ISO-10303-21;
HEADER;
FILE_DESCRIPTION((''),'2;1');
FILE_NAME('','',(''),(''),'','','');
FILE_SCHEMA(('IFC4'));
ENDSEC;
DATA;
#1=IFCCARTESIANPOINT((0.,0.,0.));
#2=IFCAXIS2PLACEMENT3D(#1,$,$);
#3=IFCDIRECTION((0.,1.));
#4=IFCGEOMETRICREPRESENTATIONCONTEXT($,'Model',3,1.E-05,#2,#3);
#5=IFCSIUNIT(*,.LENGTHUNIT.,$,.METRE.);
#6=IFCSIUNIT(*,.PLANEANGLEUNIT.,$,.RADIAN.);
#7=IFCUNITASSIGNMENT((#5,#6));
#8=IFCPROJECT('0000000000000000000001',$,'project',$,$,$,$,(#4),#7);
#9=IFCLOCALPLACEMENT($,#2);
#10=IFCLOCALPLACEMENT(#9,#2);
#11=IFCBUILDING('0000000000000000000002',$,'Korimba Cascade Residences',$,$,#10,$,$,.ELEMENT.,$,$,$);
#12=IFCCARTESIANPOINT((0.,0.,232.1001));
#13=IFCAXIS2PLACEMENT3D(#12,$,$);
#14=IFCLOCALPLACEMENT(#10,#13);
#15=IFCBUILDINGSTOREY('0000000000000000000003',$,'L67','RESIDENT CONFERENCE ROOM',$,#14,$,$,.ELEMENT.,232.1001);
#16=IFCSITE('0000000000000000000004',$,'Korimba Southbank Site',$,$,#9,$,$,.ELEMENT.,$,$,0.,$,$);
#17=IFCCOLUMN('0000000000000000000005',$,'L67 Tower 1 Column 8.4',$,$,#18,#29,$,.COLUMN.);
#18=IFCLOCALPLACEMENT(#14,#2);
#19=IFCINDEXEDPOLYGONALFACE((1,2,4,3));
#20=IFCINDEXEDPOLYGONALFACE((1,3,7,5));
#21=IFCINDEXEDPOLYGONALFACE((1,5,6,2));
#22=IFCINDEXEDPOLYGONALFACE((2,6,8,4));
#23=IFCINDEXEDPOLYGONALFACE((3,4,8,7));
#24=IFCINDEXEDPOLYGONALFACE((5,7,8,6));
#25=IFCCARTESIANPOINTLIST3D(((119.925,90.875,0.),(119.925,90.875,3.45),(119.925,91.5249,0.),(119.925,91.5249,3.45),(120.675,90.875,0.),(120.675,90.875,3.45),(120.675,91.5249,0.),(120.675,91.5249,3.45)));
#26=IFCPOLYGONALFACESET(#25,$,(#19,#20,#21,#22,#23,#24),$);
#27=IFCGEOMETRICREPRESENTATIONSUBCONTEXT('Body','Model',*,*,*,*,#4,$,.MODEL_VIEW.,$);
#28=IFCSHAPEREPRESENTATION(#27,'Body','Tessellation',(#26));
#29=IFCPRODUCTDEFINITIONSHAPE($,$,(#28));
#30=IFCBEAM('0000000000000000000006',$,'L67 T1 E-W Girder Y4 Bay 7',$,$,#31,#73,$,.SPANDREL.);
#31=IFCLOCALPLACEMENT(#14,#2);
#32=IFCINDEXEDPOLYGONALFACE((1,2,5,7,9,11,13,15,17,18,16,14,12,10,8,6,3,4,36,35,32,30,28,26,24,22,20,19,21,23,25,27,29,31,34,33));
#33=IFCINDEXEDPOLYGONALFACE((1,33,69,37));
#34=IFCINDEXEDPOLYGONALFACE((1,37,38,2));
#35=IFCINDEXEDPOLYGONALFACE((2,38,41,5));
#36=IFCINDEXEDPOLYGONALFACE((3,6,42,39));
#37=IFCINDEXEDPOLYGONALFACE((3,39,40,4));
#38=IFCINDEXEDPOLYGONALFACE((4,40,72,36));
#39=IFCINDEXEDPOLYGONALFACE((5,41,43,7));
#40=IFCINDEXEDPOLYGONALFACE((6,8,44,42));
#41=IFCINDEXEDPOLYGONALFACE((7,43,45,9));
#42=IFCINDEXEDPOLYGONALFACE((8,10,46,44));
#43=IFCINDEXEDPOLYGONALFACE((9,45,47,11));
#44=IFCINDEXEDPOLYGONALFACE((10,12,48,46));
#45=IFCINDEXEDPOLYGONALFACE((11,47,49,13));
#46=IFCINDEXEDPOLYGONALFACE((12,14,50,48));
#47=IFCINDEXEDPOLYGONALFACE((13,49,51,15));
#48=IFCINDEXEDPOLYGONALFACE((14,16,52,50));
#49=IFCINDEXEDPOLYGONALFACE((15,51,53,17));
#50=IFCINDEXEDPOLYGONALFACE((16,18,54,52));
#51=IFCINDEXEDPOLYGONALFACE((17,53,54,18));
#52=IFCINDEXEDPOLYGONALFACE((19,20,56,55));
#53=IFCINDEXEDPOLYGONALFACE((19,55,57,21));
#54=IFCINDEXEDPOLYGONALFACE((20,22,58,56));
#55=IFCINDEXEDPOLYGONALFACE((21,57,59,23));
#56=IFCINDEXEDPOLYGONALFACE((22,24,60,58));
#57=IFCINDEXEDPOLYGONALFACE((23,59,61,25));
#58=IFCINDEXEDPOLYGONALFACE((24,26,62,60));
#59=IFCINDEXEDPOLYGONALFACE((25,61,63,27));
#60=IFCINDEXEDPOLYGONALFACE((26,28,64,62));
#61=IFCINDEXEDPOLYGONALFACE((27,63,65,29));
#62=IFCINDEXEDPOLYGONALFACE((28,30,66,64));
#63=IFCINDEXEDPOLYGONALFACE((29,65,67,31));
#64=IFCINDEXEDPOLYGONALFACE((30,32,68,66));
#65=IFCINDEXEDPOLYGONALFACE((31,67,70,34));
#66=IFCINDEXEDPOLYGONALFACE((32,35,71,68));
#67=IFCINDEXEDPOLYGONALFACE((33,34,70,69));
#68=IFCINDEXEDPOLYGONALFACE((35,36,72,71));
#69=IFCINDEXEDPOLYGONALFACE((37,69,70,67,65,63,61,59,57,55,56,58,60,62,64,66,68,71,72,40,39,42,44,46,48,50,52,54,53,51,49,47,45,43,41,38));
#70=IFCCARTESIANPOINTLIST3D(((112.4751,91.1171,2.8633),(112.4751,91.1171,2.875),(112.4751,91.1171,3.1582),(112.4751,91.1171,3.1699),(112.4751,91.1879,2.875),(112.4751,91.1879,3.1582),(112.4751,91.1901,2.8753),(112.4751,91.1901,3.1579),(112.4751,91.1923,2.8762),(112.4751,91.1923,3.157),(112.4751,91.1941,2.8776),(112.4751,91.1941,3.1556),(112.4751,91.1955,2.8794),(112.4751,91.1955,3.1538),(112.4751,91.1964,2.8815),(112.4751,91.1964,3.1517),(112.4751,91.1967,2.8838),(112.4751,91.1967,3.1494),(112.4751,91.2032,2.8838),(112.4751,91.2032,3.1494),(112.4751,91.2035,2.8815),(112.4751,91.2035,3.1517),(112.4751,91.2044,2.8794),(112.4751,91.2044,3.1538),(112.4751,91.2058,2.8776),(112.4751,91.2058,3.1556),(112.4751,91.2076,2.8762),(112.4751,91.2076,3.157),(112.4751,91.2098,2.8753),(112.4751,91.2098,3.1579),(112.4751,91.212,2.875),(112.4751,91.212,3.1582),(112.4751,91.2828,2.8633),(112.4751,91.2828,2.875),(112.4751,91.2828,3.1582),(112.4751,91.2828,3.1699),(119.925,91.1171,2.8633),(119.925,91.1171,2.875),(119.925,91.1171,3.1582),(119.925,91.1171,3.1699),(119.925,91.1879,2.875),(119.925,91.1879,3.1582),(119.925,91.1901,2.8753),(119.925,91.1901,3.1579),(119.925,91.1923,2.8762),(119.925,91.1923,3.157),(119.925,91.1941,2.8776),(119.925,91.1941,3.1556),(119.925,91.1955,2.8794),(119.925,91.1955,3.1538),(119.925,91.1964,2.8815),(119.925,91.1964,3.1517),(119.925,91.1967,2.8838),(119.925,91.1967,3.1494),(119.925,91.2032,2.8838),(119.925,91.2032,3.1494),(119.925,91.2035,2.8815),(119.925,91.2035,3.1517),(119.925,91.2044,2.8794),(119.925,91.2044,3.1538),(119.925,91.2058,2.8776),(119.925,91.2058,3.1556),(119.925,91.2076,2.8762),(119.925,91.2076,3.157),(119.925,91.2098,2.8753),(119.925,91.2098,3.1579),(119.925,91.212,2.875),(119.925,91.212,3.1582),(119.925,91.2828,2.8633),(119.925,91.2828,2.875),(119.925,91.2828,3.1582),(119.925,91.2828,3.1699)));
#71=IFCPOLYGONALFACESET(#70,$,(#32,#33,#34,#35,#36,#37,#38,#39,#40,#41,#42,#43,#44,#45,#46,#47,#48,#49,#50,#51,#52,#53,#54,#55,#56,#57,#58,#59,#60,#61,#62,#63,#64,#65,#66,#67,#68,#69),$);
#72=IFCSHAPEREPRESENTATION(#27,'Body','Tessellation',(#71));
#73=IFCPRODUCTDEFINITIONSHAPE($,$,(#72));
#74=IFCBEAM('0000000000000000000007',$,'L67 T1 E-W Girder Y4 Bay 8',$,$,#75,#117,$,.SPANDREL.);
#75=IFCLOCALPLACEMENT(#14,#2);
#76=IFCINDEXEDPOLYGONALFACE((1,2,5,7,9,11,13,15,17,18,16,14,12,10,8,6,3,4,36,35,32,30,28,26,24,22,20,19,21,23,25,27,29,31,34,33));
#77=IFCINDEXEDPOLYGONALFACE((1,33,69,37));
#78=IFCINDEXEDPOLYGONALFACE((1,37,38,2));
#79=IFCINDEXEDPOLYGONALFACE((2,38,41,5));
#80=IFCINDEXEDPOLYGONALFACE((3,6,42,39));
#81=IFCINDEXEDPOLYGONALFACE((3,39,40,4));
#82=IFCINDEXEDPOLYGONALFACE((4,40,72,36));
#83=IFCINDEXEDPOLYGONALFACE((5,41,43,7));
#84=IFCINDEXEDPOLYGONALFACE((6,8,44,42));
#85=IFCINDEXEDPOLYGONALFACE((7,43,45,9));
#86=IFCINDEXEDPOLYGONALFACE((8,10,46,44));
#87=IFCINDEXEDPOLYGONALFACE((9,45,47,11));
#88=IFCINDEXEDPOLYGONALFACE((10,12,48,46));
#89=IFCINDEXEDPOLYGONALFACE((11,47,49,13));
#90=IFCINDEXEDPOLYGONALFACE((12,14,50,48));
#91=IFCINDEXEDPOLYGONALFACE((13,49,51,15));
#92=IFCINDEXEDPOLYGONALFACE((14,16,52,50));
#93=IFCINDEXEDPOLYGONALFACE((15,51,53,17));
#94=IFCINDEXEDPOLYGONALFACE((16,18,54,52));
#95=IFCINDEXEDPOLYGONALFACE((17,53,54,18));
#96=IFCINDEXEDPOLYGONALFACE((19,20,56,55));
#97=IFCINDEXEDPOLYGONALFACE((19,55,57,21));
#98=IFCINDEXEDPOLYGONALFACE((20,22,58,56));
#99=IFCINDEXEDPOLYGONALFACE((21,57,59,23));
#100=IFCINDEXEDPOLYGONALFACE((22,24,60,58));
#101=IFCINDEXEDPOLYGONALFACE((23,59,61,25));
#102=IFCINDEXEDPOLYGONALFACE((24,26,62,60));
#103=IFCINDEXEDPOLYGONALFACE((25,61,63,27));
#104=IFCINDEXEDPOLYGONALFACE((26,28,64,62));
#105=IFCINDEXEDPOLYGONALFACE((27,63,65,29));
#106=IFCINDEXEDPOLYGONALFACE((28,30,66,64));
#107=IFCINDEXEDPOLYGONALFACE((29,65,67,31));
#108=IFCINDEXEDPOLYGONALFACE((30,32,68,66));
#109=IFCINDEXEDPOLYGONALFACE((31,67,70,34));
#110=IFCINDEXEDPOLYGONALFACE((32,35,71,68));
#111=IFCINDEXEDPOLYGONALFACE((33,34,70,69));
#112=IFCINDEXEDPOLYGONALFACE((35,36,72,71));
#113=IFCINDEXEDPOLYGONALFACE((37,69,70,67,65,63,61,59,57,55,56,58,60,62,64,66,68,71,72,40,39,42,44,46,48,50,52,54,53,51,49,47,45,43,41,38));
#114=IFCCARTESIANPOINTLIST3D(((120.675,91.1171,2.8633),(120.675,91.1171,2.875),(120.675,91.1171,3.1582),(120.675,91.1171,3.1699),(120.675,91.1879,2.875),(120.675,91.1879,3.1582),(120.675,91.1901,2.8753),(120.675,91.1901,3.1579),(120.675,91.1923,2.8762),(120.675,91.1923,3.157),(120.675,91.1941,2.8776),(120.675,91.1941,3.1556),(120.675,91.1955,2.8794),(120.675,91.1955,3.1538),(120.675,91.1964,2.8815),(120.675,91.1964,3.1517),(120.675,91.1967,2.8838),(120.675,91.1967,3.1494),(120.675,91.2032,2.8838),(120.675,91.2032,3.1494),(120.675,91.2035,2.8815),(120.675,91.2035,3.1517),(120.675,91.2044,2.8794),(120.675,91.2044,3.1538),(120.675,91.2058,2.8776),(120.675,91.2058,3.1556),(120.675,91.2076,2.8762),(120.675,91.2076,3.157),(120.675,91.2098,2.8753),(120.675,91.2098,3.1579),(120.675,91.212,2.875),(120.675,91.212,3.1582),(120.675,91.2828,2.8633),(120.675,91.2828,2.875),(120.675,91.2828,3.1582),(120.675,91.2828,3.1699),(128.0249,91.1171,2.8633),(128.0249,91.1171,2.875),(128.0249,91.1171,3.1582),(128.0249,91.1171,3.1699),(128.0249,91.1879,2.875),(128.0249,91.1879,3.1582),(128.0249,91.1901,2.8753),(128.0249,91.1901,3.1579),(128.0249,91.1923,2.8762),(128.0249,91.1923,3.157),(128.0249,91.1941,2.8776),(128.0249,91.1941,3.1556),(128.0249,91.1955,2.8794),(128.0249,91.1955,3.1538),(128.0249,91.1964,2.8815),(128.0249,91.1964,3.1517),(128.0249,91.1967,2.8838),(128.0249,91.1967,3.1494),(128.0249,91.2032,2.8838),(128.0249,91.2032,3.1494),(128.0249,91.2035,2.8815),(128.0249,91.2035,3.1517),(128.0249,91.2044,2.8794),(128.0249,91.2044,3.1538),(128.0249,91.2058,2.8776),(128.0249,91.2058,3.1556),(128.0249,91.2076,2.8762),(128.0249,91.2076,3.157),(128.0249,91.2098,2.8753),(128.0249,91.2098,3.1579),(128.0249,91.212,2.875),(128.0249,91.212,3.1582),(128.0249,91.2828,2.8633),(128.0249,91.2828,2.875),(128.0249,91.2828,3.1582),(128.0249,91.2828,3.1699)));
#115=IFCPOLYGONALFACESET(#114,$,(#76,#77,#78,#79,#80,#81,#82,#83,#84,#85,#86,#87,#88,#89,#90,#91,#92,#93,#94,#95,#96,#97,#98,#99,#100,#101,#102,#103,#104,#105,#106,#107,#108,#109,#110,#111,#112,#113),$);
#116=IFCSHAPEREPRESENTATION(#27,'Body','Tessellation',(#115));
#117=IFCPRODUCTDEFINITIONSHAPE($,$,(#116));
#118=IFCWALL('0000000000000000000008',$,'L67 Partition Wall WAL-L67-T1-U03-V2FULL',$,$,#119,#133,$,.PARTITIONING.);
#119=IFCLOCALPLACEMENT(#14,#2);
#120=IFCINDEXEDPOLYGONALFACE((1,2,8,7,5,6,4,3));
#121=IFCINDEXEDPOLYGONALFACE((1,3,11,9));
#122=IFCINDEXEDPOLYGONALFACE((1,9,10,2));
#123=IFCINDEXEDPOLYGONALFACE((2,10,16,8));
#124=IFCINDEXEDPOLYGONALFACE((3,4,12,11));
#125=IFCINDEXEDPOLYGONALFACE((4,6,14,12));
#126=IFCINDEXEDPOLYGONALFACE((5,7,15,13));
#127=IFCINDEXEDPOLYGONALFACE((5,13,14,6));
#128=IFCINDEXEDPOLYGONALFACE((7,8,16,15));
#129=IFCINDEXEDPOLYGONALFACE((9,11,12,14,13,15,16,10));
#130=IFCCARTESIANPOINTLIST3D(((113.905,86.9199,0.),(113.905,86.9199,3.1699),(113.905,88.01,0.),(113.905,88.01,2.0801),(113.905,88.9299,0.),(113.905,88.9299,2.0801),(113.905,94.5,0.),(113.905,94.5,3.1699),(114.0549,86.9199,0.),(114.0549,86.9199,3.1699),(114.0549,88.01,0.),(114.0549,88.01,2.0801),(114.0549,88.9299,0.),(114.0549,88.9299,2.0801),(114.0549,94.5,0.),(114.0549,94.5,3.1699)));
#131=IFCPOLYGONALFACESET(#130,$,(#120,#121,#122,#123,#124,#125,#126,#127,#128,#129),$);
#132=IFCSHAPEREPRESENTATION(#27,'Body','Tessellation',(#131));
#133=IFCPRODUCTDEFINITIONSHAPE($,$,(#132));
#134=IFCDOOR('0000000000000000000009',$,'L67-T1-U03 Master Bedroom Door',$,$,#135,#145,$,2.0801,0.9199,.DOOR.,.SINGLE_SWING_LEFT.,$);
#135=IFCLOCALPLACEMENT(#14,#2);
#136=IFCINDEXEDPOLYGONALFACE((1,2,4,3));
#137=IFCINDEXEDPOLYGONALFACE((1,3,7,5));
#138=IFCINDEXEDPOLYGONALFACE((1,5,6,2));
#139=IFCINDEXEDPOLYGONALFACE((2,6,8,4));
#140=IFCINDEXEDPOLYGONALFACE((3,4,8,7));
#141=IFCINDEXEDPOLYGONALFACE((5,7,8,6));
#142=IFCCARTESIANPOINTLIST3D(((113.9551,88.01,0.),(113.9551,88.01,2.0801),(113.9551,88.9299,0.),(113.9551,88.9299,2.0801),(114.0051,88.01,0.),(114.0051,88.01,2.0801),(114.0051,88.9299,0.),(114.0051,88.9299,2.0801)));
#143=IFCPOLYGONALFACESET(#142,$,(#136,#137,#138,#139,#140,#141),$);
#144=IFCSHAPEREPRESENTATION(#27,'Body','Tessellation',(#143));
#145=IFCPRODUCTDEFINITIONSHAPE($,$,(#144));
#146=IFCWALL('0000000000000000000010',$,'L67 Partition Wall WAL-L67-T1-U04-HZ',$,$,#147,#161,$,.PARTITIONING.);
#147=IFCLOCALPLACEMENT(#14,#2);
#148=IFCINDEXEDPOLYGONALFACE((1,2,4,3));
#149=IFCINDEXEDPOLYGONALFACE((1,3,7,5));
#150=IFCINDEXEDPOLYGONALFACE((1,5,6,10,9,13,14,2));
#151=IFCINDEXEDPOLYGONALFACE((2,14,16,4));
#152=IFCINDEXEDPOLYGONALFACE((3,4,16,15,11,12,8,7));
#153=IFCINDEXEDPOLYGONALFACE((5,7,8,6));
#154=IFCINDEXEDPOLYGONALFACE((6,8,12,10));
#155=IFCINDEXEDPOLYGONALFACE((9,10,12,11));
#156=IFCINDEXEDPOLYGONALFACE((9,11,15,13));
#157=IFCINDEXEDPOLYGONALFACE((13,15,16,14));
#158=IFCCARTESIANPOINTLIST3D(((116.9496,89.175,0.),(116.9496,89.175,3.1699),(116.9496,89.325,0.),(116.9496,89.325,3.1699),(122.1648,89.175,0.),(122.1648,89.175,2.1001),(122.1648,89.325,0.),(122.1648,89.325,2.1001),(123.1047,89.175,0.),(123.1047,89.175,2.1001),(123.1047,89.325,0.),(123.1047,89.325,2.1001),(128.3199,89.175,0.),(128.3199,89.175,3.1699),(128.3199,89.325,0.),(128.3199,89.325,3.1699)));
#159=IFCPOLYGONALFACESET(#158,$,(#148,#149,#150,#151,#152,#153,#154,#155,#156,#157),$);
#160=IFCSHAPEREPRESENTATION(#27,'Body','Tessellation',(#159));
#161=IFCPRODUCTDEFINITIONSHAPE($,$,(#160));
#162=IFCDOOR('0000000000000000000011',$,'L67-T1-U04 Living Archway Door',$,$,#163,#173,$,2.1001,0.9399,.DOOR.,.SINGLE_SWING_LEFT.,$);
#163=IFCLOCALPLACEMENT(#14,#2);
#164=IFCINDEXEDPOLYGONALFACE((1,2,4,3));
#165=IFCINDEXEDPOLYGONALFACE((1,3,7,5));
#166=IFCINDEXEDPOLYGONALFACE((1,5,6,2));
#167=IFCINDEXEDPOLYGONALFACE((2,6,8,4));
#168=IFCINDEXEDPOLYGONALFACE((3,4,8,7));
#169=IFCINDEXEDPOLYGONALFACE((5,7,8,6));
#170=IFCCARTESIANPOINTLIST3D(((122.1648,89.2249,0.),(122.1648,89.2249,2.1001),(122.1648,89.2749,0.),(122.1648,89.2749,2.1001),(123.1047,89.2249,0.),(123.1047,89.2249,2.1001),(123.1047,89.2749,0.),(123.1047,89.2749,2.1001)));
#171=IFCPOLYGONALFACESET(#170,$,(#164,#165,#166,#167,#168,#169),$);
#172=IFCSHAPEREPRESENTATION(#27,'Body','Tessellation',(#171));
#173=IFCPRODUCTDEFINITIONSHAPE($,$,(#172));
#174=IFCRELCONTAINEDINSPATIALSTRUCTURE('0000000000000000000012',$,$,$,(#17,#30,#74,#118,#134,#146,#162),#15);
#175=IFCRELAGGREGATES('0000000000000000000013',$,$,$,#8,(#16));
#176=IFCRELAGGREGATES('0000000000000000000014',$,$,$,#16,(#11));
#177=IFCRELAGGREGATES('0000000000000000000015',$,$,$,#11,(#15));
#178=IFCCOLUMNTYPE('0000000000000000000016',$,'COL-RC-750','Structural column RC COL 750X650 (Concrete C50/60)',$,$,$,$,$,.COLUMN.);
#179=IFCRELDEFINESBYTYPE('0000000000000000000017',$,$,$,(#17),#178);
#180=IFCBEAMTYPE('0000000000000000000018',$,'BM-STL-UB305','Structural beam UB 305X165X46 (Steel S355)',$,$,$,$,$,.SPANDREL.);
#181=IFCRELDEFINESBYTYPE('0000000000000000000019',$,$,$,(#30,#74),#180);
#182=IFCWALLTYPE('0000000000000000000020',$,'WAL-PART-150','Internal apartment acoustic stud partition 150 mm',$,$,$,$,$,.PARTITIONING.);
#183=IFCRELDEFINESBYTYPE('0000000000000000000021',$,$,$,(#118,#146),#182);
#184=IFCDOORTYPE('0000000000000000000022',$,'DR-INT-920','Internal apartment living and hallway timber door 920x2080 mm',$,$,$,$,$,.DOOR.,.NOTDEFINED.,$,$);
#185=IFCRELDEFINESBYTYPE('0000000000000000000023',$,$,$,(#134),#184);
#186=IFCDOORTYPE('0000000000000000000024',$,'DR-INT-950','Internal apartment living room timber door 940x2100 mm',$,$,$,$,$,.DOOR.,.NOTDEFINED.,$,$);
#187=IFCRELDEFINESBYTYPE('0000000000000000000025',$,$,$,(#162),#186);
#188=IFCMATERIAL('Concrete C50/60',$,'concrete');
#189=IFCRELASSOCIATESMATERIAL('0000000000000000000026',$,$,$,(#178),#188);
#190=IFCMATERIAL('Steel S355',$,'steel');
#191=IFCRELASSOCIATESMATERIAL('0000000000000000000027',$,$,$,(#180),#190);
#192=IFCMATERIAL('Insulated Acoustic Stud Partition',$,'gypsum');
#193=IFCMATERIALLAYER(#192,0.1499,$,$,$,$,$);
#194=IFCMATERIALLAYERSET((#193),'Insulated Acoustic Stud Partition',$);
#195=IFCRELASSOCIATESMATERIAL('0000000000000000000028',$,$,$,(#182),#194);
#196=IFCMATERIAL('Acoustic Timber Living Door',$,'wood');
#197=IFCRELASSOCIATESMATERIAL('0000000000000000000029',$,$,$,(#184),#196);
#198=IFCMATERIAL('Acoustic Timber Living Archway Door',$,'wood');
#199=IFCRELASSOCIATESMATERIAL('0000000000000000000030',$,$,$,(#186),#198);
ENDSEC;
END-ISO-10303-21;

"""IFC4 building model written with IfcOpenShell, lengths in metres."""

from ifc_helpers import new_model, si_unit, direction, frame, frame_2d, origin, origin_2d, place, context, subcontext, project, spatial, rectangle, i_section, extrude, material, layer, layer_set, material_profile, profile_set, type_object, element, fill, save


model = new_model("IFC4")

# Units and contexts
model_context = context("Model", 3, precision=1e-05, world=origin(), true_north=direction((0.0, 1.0)))
body_context = subcontext(model_context, "Body", "Model", "MODEL_VIEW")
ifc_project = project(units=[si_unit("LENGTHUNIT", "METRE"), si_unit("PLANEANGLEUNIT", "RADIAN")], contexts=[model_context])

# Site, building, storey
site_placement = place(None, origin())
site = spatial("IfcSite", under=ifc_project, at=site_placement, Name="Korimba Southbank Site", CompositionType="ELEMENT", RefElevation=0.0)
building_placement = place(site_placement, origin())
building = spatial("IfcBuilding", under=site, at=building_placement, Name="Korimba Cascade Residences", CompositionType="ELEMENT")
storey_placement = place(building_placement, frame((0.0, 0.0, 232.1001)))
storey = spatial("IfcBuildingStorey", under=building, at=storey_placement, Name="L67", Description="RESIDENT CONFERENCE ROOM", CompositionType="ELEMENT", Elevation=232.1001)

# Column
ifc_material_1 = material(Name="Concrete C50/60", Category="concrete")
ifc_material_profile_1 = material_profile(ifc_material_1, rectangle(XDim=0.75, YDim=0.6499, at=origin_2d()), Name="Concrete C50/60")
ifc_profile_set_1 = profile_set([ifc_material_profile_1], Name="Concrete C50/60")
column_type = type_object("IfcColumnType", Name="COL-RC-750", Description="Structural column RC COL 750X650 (Concrete C50/60)", PredefinedType="COLUMN", material=ifc_profile_set_1)
column_placement = place(storey_placement, frame((120.3, 91.2, 0.0), z_axis=(0.0, 0.0, 1.0), x_axis=(1.0, 0.0, 0.0)))
element("IfcColumn", 1, at=column_placement, inside=storey, type_object=column_type, Name="L67 Tower 1 Column 8.4", PredefinedType="COLUMN", context=body_context, shape_type="SweptSolid", body=[
    extrude(rectangle(XDim=0.75, YDim=0.6499, at=origin_2d()), origin(), (0.0, 0.0, 1.0), 3.45),
])

# Beams
ifc_material_2 = material(Name="Steel S355", Category="steel")
ifc_material_profile_2 = material_profile(ifc_material_2, i_section(OverallWidth=0.1658, OverallDepth=0.3066, WebThickness=0.0066, FlangeThickness=0.0117, FilletRadius=0.0088, at=origin_2d()), Name="Steel S355")
ifc_profile_set_2 = profile_set([ifc_material_profile_2], Name="Steel S355")
beam_type = type_object("IfcBeamType", Name="BM-STL-UB305", Description="Structural beam UB 305X165X46 (Steel S355)", PredefinedType="SPANDREL", material=ifc_profile_set_2)
beam_1_placement = place(storey_placement, frame((112.4751, 91.2, 3.0166), z_axis=(1.0, 0.0, 0.0), x_axis=(0.0, 1.0, 0.0)))
element("IfcBeam", 2, at=beam_1_placement, inside=storey, type_object=beam_type, Name="L67 T1 E-W Girder Y4 Bay 7", PredefinedType="SPANDREL", context=body_context, shape_type="SweptSolid", body=[
    extrude(i_section(OverallWidth=0.1658, OverallDepth=0.3066, WebThickness=0.0066, FlangeThickness=0.0117, FilletRadius=0.0088, at=origin_2d()), origin(), (0.0, 0.0, 1.0), 7.45),
])
beam_2_placement = place(storey_placement, frame((120.675, 91.2, 3.0166), z_axis=(1.0, 0.0, 0.0), x_axis=(0.0, 1.0, 0.0)))
element("IfcBeam", 3, at=beam_2_placement, inside=storey, type_object=beam_type, Name="L67 T1 E-W Girder Y4 Bay 8", PredefinedType="SPANDREL", context=body_context, shape_type="SweptSolid", body=[
    extrude(i_section(OverallWidth=0.1658, OverallDepth=0.3066, WebThickness=0.0066, FlangeThickness=0.0117, FilletRadius=0.0088, at=origin_2d()), origin(), (0.0, 0.0, 1.0), 7.3499),
])

# Walls, openings, doors
ifc_material_3 = material(Name="Insulated Acoustic Stud Partition", Category="gypsum")
ifc_layer = layer(ifc_material_3, 0.1499)
ifc_layer_set = layer_set([ifc_layer], Name="Insulated Acoustic Stud Partition")
wall_type = type_object("IfcWallType", Name="WAL-PART-150", Description="Internal apartment acoustic stud partition 150 mm", PredefinedType="PARTITIONING", material=ifc_layer_set)
wall_1_placement = place(storey_placement, frame((113.98, 86.9199, 0.0), z_axis=(0.0, 0.0, 1.0), x_axis=(0.0, 1.0, 0.0)))
wall_1 = element("IfcWall", 4, at=wall_1_placement, inside=storey, type_object=wall_type, Name="L67 Partition Wall WAL-L67-T1-U03-V2FULL", PredefinedType="PARTITIONING", context=body_context, shape_type="SweptSolid", body=[
    extrude(rectangle(XDim=7.5801, YDim=0.1499, at=frame_2d((3.79, 0.0))), origin(), (0.0, 0.0, 1.0), 3.1699),
])
opening_1_placement = place(wall_1_placement, frame((1.0901, 0.0, 0.0)))
opening_1 = element("IfcOpeningElement", 5, at=opening_1_placement, cuts=wall_1, PredefinedType="OPENING", context=body_context, shape_type="SweptSolid", body=[
    extrude(rectangle(XDim=0.9199, YDim=2.0801, at=frame_2d((0.46, 1.04))), frame((0.0, 0.085, 0.0), z_axis=(0.0, -1.0, 0.0), x_axis=(1.0, 0.0, 0.0)), (0.0, 0.0, 1.0), 0.1699),
])
ifc_material_4 = material(Name="Acoustic Timber Living Door", Category="wood")
door_type_1 = type_object("IfcDoorType", Name="DR-INT-920", Description="Internal apartment living and hallway timber door 920x2080 mm", OperationType="NOTDEFINED", PredefinedType="DOOR", material=ifc_material_4)
door_1_placement = place(opening_1_placement, origin())
door_1 = element("IfcDoor", 6, at=door_1_placement, inside=storey, type_object=door_type_1, Name="L67-T1-U03 Master Bedroom Door", OperationType="SINGLE_SWING_LEFT", OverallHeight=2.0801, OverallWidth=0.9199, PredefinedType="DOOR", context=body_context, shape_type="SweptSolid", body=[
    extrude(rectangle(XDim=0.9199, YDim=2.0801, at=frame_2d((0.46, 1.04))), frame((0.0, 0.0249, 0.0), z_axis=(0.0, -1.0, 0.0), x_axis=(1.0, 0.0, 0.0)), (0.0, 0.0, 1.0), 0.05),
])
fill(opening_1, door_1)
wall_2_placement = place(storey_placement, frame((116.9497, 89.25, 0.0), z_axis=(0.0, 0.0, 1.0), x_axis=(1.0, 0.0, 0.0)))
wall_2 = element("IfcWall", 7, at=wall_2_placement, inside=storey, type_object=wall_type, Name="L67 Partition Wall WAL-L67-T1-U04-HZ", PredefinedType="PARTITIONING", context=body_context, shape_type="SweptSolid", body=[
    extrude(rectangle(XDim=11.3704, YDim=0.1499, at=frame_2d((5.6851, 0.0))), origin(), (0.0, 0.0, 1.0), 3.1699),
])
opening_2_placement = place(wall_2_placement, frame((5.2151, 0.0, 0.0)))
opening_2 = element("IfcOpeningElement", 8, at=opening_2_placement, cuts=wall_2, PredefinedType="OPENING", context=body_context, shape_type="SweptSolid", body=[
    extrude(rectangle(XDim=0.9399, YDim=2.1001, at=frame_2d((0.47, 1.05))), frame((0.0, 0.085, 0.0), z_axis=(0.0, -1.0, 0.0), x_axis=(1.0, 0.0, 0.0)), (0.0, 0.0, 1.0), 0.1699),
])
ifc_material_5 = material(Name="Acoustic Timber Living Archway Door", Category="wood")
door_type_2 = type_object("IfcDoorType", Name="DR-INT-950", Description="Internal apartment living room timber door 940x2100 mm", OperationType="NOTDEFINED", PredefinedType="DOOR", material=ifc_material_5)
door_2_placement = place(opening_2_placement, origin())
door_2 = element("IfcDoor", 9, at=door_2_placement, inside=storey, type_object=door_type_2, Name="L67-T1-U04 Living Archway Door", OperationType="SINGLE_SWING_LEFT", OverallHeight=2.1001, OverallWidth=0.9399, PredefinedType="DOOR", context=body_context, shape_type="SweptSolid", body=[
    extrude(rectangle(XDim=0.9399, YDim=2.1001, at=frame_2d((0.47, 1.05))), frame((0.0, 0.0249, 0.0), z_axis=(0.0, -1.0, 0.0), x_axis=(1.0, 0.0, 0.0)), (0.0, 0.0, 1.0), 0.05),
])
fill(opening_2, door_2)

save(model, "model.ifc")
